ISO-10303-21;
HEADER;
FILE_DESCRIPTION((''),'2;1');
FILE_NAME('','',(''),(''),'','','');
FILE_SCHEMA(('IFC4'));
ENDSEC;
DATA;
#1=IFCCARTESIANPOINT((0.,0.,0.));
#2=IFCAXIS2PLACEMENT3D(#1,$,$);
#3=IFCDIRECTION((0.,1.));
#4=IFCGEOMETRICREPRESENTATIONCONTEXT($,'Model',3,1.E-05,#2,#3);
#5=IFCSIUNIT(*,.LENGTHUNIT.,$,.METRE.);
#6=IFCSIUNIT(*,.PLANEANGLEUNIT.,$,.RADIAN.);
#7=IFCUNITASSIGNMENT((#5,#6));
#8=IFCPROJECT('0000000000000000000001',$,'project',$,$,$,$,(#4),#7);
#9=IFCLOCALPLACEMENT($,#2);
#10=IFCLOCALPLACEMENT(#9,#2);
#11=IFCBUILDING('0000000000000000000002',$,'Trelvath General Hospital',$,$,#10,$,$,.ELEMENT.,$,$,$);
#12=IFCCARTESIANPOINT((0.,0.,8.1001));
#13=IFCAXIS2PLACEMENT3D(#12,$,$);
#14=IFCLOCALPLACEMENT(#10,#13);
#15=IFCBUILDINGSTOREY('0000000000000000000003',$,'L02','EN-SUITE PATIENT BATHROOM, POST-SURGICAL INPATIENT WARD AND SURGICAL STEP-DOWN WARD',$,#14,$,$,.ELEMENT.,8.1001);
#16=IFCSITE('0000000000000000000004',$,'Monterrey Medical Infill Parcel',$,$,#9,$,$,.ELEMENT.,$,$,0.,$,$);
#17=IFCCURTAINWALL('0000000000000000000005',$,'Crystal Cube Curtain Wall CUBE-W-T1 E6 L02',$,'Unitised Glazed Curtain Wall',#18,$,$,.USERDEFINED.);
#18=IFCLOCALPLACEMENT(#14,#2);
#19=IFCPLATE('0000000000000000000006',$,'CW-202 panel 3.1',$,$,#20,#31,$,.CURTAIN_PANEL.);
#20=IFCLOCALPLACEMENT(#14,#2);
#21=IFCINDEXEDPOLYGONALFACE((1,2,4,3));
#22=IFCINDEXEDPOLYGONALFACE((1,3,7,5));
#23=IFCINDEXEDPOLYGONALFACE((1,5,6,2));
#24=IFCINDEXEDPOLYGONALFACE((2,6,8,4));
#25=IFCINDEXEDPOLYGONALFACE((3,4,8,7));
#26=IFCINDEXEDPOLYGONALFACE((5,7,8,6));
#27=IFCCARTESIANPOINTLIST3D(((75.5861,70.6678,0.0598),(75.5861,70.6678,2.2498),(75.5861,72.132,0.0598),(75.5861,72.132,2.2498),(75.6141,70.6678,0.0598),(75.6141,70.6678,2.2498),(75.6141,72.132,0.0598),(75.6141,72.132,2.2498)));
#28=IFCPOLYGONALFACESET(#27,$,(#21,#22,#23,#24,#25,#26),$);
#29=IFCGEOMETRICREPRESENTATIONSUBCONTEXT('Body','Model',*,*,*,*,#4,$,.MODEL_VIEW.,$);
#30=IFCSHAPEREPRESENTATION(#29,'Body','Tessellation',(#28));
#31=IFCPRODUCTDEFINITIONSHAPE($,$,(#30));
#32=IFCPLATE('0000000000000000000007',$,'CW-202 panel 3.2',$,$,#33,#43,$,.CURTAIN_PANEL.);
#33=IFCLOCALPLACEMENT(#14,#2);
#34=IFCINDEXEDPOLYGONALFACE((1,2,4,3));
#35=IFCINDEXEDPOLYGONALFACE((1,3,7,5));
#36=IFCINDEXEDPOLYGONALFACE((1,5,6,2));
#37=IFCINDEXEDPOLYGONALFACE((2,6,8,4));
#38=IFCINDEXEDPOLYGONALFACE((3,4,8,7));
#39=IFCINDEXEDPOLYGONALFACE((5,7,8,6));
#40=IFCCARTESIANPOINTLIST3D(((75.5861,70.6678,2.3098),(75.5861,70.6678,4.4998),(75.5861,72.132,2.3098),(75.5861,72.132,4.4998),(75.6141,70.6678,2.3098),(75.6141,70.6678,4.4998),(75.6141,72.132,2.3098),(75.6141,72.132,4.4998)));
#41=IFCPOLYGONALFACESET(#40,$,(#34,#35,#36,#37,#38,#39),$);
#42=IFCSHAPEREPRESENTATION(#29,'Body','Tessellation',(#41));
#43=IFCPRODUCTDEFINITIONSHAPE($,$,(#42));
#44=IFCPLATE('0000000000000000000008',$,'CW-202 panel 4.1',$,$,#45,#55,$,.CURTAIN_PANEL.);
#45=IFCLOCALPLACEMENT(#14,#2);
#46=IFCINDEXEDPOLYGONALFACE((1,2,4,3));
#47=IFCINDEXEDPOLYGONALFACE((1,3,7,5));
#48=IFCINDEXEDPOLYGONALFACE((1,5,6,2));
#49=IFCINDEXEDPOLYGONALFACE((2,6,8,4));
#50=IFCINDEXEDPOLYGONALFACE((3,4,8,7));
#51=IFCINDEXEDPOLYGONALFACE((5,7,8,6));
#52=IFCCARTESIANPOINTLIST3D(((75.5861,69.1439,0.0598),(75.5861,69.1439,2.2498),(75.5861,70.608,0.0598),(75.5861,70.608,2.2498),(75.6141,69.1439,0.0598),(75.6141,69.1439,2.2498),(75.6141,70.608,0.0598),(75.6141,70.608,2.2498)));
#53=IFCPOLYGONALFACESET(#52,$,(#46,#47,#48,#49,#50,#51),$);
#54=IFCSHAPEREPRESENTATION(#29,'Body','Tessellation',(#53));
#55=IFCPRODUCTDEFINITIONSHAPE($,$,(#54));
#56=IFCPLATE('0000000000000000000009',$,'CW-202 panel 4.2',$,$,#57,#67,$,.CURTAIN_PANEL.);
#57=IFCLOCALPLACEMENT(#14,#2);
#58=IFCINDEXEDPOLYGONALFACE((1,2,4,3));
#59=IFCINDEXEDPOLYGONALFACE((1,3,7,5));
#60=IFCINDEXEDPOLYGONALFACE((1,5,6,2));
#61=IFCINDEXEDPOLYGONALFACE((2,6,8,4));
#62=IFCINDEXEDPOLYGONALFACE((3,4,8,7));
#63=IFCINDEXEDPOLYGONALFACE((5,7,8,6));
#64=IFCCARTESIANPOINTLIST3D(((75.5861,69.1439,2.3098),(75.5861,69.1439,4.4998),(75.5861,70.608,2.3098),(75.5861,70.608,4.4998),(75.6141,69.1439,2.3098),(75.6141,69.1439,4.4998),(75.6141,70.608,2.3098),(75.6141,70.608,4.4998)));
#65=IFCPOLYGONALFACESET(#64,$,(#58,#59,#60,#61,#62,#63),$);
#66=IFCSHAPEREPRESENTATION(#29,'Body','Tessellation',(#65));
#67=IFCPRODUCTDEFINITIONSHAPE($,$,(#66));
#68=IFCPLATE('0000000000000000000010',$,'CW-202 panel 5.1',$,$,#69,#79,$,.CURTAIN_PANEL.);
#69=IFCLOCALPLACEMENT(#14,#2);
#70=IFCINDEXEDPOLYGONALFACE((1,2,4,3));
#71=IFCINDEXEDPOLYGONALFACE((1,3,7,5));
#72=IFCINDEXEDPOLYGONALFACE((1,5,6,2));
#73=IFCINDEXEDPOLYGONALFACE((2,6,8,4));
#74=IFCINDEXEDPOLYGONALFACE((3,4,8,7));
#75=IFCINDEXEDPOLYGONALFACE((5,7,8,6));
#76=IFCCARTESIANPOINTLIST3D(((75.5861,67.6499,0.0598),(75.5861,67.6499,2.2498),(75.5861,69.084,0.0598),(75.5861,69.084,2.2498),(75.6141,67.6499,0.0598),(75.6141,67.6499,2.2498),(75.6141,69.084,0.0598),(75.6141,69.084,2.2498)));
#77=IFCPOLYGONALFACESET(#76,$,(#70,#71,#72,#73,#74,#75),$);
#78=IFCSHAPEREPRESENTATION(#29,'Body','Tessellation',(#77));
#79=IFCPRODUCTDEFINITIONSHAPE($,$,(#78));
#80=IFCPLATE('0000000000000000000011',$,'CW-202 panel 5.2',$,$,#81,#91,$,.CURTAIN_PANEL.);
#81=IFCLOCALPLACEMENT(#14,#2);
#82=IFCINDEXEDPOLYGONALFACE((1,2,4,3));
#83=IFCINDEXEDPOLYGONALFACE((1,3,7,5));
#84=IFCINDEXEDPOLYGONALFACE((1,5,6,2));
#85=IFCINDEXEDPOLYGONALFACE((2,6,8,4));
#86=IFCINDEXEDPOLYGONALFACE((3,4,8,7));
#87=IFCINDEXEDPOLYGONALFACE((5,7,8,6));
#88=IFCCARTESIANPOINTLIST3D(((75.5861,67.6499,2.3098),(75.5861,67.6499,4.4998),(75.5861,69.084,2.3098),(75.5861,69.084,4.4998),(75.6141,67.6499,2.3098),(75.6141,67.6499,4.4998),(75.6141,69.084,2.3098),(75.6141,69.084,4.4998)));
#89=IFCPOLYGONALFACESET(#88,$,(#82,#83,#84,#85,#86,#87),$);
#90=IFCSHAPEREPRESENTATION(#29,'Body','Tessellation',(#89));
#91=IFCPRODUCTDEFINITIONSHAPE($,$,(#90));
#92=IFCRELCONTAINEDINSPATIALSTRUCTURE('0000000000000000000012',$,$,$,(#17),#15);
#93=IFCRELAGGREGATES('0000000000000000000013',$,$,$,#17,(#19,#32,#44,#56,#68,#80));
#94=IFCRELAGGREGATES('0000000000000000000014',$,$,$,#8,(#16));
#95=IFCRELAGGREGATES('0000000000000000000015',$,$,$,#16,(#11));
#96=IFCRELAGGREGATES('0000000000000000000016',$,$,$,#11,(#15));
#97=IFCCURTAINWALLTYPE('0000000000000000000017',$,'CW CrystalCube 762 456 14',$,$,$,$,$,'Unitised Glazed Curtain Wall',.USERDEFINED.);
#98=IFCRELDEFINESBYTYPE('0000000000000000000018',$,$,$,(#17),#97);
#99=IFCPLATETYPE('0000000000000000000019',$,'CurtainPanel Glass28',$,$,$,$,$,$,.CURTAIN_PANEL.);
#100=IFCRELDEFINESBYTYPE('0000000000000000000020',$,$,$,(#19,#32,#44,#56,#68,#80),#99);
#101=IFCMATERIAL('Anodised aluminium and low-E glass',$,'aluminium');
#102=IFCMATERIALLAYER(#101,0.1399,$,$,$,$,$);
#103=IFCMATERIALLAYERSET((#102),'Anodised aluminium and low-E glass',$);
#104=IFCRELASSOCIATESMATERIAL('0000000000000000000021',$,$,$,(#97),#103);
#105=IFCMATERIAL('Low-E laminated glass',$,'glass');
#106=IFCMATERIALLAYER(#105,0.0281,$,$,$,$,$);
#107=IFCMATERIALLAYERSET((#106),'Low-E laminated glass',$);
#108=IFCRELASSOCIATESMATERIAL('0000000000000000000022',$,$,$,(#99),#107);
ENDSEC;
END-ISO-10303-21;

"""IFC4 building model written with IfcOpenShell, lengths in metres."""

from ifc_helpers import new_model, si_unit, direction, frame, origin, origin_2d, place, context, subcontext, project, spatial, rectangle, extrude, material, layer, layer_set, type_object, element, aggregate, save


model = new_model("IFC4")

# Units and contexts
model_context = context("Model", 3, precision=1e-05, world=origin(), true_north=direction((0.0, 1.0)))
body_context = subcontext(model_context, "Body", "Model", "MODEL_VIEW")
ifc_project = project(units=[si_unit("LENGTHUNIT", "METRE"), si_unit("PLANEANGLEUNIT", "RADIAN")], contexts=[model_context])

# Site, building, storey
site_placement = place(None, origin())
site = spatial("IfcSite", under=ifc_project, at=site_placement, Name="Monterrey Medical Infill Parcel", CompositionType="ELEMENT", RefElevation=0.0)
building_placement = place(site_placement, origin())
building = spatial("IfcBuilding", under=site, at=building_placement, Name="Trelvath General Hospital", CompositionType="ELEMENT")
storey_placement = place(building_placement, frame((0.0, 0.0, 8.1001)))
storey = spatial("IfcBuildingStorey", under=building, at=storey_placement, Name="L02", Description="EN-SUITE PATIENT BATHROOM, POST-SURGICAL INPATIENT WARD AND SURGICAL STEP-DOWN WARD", CompositionType="ELEMENT", Elevation=8.1001)

# Curtain wall
ifc_material_1 = material(Name="Anodised aluminium and low-E glass", Category="aluminium")
ifc_layer_1 = layer(ifc_material_1, 0.1399)
ifc_layer_set_1 = layer_set([ifc_layer_1], Name="Anodised aluminium and low-E glass")
curtain_wall_type = type_object("IfcCurtainWallType", Name="CW CrystalCube 762 456 14", ElementType="Unitised Glazed Curtain Wall", PredefinedType="USERDEFINED", material=ifc_layer_set_1)
curtain_wall_placement = place(storey_placement, origin())
curtain_wall = element("IfcCurtainWall", 1, at=curtain_wall_placement, inside=storey, type_object=curtain_wall_type, Name="Crystal Cube Curtain Wall CUBE-W-T1 E6 L02", ObjectType="Unitised Glazed Curtain Wall", PredefinedType="USERDEFINED")

# Plates
ifc_material_2 = material(Name="Low-E laminated glass", Category="glass")
ifc_layer_2 = layer(ifc_material_2, 0.0281)
ifc_layer_set_2 = layer_set([ifc_layer_2], Name="Low-E laminated glass")
plate_type_1 = type_object("IfcPlateType", Name="CurtainPanel Glass28", PredefinedType="CURTAIN_PANEL", material=ifc_layer_set_2)
plate_1_placement = place(storey_placement, frame((75.6001, 71.3999, 0.0598), z_axis=(0.0, 0.0, 1.0), x_axis=(0.0, -1.0, 0.0)))
plate_1 = element("IfcPlate", 2, at=plate_1_placement, type_object=plate_type_1, Name="CW-202 panel 3.1", PredefinedType="CURTAIN_PANEL", context=body_context, shape_type="SweptSolid", body=[
    extrude(rectangle(XDim=1.4641, YDim=0.0281, at=origin_2d()), origin(), (0.0, 0.0, 1.0), 2.1899),
])
plate_2_placement = place(storey_placement, frame((75.6001, 71.3999, 2.3098), z_axis=(0.0, 0.0, 1.0), x_axis=(0.0, -1.0, 0.0)))
plate_2 = element("IfcPlate", 3, at=plate_2_placement, type_object=plate_type_1, Name="CW-202 panel 3.2", PredefinedType="CURTAIN_PANEL", context=body_context, shape_type="SweptSolid", body=[
    extrude(rectangle(XDim=1.4641, YDim=0.0281, at=origin_2d()), origin(), (0.0, 0.0, 1.0), 2.1899),
])
plate_3_placement = place(storey_placement, frame((75.6001, 69.876, 0.0598), z_axis=(0.0, 0.0, 1.0), x_axis=(0.0, -1.0, 0.0)))
plate_3 = element("IfcPlate", 4, at=plate_3_placement, type_object=plate_type_1, Name="CW-202 panel 4.1", PredefinedType="CURTAIN_PANEL", context=body_context, shape_type="SweptSolid", body=[
    extrude(rectangle(XDim=1.4641, YDim=0.0281, at=origin_2d()), origin(), (0.0, 0.0, 1.0), 2.1899),
])
plate_4_placement = place(storey_placement, frame((75.6001, 69.876, 2.3098), z_axis=(0.0, 0.0, 1.0), x_axis=(0.0, -1.0, 0.0)))
plate_4 = element("IfcPlate", 5, at=plate_4_placement, type_object=plate_type_1, Name="CW-202 panel 4.2", PredefinedType="CURTAIN_PANEL", context=body_context, shape_type="SweptSolid", body=[
    extrude(rectangle(XDim=1.4641, YDim=0.0281, at=origin_2d()), origin(), (0.0, 0.0, 1.0), 2.1899),
])
plate_5_placement = place(storey_placement, frame((75.6001, 68.3669, 0.0598), z_axis=(0.0, 0.0, 1.0), x_axis=(0.0, -1.0, 0.0)))
plate_5 = element("IfcPlate", 6, at=plate_5_placement, type_object=plate_type_1, Name="CW-202 panel 5.1", PredefinedType="CURTAIN_PANEL", context=body_context, shape_type="SweptSolid", body=[
    extrude(rectangle(XDim=1.4341, YDim=0.0281, at=origin_2d()), origin(), (0.0, 0.0, 1.0), 2.1899),
])
plate_6_placement = place(storey_placement, frame((75.6001, 68.3669, 2.3098), z_axis=(0.0, 0.0, 1.0), x_axis=(0.0, -1.0, 0.0)))
plate_6 = element("IfcPlate", 7, at=plate_6_placement, type_object=plate_type_1, Name="CW-202 panel 5.2", PredefinedType="CURTAIN_PANEL", context=body_context, shape_type="SweptSolid", body=[
    extrude(rectangle(XDim=1.4341, YDim=0.0281, at=origin_2d()), origin(), (0.0, 0.0, 1.0), 2.1899),
])
aggregate(curtain_wall, [plate_1, plate_2, plate_3, plate_4, plate_5, plate_6])

save(model, "model.ifc")
